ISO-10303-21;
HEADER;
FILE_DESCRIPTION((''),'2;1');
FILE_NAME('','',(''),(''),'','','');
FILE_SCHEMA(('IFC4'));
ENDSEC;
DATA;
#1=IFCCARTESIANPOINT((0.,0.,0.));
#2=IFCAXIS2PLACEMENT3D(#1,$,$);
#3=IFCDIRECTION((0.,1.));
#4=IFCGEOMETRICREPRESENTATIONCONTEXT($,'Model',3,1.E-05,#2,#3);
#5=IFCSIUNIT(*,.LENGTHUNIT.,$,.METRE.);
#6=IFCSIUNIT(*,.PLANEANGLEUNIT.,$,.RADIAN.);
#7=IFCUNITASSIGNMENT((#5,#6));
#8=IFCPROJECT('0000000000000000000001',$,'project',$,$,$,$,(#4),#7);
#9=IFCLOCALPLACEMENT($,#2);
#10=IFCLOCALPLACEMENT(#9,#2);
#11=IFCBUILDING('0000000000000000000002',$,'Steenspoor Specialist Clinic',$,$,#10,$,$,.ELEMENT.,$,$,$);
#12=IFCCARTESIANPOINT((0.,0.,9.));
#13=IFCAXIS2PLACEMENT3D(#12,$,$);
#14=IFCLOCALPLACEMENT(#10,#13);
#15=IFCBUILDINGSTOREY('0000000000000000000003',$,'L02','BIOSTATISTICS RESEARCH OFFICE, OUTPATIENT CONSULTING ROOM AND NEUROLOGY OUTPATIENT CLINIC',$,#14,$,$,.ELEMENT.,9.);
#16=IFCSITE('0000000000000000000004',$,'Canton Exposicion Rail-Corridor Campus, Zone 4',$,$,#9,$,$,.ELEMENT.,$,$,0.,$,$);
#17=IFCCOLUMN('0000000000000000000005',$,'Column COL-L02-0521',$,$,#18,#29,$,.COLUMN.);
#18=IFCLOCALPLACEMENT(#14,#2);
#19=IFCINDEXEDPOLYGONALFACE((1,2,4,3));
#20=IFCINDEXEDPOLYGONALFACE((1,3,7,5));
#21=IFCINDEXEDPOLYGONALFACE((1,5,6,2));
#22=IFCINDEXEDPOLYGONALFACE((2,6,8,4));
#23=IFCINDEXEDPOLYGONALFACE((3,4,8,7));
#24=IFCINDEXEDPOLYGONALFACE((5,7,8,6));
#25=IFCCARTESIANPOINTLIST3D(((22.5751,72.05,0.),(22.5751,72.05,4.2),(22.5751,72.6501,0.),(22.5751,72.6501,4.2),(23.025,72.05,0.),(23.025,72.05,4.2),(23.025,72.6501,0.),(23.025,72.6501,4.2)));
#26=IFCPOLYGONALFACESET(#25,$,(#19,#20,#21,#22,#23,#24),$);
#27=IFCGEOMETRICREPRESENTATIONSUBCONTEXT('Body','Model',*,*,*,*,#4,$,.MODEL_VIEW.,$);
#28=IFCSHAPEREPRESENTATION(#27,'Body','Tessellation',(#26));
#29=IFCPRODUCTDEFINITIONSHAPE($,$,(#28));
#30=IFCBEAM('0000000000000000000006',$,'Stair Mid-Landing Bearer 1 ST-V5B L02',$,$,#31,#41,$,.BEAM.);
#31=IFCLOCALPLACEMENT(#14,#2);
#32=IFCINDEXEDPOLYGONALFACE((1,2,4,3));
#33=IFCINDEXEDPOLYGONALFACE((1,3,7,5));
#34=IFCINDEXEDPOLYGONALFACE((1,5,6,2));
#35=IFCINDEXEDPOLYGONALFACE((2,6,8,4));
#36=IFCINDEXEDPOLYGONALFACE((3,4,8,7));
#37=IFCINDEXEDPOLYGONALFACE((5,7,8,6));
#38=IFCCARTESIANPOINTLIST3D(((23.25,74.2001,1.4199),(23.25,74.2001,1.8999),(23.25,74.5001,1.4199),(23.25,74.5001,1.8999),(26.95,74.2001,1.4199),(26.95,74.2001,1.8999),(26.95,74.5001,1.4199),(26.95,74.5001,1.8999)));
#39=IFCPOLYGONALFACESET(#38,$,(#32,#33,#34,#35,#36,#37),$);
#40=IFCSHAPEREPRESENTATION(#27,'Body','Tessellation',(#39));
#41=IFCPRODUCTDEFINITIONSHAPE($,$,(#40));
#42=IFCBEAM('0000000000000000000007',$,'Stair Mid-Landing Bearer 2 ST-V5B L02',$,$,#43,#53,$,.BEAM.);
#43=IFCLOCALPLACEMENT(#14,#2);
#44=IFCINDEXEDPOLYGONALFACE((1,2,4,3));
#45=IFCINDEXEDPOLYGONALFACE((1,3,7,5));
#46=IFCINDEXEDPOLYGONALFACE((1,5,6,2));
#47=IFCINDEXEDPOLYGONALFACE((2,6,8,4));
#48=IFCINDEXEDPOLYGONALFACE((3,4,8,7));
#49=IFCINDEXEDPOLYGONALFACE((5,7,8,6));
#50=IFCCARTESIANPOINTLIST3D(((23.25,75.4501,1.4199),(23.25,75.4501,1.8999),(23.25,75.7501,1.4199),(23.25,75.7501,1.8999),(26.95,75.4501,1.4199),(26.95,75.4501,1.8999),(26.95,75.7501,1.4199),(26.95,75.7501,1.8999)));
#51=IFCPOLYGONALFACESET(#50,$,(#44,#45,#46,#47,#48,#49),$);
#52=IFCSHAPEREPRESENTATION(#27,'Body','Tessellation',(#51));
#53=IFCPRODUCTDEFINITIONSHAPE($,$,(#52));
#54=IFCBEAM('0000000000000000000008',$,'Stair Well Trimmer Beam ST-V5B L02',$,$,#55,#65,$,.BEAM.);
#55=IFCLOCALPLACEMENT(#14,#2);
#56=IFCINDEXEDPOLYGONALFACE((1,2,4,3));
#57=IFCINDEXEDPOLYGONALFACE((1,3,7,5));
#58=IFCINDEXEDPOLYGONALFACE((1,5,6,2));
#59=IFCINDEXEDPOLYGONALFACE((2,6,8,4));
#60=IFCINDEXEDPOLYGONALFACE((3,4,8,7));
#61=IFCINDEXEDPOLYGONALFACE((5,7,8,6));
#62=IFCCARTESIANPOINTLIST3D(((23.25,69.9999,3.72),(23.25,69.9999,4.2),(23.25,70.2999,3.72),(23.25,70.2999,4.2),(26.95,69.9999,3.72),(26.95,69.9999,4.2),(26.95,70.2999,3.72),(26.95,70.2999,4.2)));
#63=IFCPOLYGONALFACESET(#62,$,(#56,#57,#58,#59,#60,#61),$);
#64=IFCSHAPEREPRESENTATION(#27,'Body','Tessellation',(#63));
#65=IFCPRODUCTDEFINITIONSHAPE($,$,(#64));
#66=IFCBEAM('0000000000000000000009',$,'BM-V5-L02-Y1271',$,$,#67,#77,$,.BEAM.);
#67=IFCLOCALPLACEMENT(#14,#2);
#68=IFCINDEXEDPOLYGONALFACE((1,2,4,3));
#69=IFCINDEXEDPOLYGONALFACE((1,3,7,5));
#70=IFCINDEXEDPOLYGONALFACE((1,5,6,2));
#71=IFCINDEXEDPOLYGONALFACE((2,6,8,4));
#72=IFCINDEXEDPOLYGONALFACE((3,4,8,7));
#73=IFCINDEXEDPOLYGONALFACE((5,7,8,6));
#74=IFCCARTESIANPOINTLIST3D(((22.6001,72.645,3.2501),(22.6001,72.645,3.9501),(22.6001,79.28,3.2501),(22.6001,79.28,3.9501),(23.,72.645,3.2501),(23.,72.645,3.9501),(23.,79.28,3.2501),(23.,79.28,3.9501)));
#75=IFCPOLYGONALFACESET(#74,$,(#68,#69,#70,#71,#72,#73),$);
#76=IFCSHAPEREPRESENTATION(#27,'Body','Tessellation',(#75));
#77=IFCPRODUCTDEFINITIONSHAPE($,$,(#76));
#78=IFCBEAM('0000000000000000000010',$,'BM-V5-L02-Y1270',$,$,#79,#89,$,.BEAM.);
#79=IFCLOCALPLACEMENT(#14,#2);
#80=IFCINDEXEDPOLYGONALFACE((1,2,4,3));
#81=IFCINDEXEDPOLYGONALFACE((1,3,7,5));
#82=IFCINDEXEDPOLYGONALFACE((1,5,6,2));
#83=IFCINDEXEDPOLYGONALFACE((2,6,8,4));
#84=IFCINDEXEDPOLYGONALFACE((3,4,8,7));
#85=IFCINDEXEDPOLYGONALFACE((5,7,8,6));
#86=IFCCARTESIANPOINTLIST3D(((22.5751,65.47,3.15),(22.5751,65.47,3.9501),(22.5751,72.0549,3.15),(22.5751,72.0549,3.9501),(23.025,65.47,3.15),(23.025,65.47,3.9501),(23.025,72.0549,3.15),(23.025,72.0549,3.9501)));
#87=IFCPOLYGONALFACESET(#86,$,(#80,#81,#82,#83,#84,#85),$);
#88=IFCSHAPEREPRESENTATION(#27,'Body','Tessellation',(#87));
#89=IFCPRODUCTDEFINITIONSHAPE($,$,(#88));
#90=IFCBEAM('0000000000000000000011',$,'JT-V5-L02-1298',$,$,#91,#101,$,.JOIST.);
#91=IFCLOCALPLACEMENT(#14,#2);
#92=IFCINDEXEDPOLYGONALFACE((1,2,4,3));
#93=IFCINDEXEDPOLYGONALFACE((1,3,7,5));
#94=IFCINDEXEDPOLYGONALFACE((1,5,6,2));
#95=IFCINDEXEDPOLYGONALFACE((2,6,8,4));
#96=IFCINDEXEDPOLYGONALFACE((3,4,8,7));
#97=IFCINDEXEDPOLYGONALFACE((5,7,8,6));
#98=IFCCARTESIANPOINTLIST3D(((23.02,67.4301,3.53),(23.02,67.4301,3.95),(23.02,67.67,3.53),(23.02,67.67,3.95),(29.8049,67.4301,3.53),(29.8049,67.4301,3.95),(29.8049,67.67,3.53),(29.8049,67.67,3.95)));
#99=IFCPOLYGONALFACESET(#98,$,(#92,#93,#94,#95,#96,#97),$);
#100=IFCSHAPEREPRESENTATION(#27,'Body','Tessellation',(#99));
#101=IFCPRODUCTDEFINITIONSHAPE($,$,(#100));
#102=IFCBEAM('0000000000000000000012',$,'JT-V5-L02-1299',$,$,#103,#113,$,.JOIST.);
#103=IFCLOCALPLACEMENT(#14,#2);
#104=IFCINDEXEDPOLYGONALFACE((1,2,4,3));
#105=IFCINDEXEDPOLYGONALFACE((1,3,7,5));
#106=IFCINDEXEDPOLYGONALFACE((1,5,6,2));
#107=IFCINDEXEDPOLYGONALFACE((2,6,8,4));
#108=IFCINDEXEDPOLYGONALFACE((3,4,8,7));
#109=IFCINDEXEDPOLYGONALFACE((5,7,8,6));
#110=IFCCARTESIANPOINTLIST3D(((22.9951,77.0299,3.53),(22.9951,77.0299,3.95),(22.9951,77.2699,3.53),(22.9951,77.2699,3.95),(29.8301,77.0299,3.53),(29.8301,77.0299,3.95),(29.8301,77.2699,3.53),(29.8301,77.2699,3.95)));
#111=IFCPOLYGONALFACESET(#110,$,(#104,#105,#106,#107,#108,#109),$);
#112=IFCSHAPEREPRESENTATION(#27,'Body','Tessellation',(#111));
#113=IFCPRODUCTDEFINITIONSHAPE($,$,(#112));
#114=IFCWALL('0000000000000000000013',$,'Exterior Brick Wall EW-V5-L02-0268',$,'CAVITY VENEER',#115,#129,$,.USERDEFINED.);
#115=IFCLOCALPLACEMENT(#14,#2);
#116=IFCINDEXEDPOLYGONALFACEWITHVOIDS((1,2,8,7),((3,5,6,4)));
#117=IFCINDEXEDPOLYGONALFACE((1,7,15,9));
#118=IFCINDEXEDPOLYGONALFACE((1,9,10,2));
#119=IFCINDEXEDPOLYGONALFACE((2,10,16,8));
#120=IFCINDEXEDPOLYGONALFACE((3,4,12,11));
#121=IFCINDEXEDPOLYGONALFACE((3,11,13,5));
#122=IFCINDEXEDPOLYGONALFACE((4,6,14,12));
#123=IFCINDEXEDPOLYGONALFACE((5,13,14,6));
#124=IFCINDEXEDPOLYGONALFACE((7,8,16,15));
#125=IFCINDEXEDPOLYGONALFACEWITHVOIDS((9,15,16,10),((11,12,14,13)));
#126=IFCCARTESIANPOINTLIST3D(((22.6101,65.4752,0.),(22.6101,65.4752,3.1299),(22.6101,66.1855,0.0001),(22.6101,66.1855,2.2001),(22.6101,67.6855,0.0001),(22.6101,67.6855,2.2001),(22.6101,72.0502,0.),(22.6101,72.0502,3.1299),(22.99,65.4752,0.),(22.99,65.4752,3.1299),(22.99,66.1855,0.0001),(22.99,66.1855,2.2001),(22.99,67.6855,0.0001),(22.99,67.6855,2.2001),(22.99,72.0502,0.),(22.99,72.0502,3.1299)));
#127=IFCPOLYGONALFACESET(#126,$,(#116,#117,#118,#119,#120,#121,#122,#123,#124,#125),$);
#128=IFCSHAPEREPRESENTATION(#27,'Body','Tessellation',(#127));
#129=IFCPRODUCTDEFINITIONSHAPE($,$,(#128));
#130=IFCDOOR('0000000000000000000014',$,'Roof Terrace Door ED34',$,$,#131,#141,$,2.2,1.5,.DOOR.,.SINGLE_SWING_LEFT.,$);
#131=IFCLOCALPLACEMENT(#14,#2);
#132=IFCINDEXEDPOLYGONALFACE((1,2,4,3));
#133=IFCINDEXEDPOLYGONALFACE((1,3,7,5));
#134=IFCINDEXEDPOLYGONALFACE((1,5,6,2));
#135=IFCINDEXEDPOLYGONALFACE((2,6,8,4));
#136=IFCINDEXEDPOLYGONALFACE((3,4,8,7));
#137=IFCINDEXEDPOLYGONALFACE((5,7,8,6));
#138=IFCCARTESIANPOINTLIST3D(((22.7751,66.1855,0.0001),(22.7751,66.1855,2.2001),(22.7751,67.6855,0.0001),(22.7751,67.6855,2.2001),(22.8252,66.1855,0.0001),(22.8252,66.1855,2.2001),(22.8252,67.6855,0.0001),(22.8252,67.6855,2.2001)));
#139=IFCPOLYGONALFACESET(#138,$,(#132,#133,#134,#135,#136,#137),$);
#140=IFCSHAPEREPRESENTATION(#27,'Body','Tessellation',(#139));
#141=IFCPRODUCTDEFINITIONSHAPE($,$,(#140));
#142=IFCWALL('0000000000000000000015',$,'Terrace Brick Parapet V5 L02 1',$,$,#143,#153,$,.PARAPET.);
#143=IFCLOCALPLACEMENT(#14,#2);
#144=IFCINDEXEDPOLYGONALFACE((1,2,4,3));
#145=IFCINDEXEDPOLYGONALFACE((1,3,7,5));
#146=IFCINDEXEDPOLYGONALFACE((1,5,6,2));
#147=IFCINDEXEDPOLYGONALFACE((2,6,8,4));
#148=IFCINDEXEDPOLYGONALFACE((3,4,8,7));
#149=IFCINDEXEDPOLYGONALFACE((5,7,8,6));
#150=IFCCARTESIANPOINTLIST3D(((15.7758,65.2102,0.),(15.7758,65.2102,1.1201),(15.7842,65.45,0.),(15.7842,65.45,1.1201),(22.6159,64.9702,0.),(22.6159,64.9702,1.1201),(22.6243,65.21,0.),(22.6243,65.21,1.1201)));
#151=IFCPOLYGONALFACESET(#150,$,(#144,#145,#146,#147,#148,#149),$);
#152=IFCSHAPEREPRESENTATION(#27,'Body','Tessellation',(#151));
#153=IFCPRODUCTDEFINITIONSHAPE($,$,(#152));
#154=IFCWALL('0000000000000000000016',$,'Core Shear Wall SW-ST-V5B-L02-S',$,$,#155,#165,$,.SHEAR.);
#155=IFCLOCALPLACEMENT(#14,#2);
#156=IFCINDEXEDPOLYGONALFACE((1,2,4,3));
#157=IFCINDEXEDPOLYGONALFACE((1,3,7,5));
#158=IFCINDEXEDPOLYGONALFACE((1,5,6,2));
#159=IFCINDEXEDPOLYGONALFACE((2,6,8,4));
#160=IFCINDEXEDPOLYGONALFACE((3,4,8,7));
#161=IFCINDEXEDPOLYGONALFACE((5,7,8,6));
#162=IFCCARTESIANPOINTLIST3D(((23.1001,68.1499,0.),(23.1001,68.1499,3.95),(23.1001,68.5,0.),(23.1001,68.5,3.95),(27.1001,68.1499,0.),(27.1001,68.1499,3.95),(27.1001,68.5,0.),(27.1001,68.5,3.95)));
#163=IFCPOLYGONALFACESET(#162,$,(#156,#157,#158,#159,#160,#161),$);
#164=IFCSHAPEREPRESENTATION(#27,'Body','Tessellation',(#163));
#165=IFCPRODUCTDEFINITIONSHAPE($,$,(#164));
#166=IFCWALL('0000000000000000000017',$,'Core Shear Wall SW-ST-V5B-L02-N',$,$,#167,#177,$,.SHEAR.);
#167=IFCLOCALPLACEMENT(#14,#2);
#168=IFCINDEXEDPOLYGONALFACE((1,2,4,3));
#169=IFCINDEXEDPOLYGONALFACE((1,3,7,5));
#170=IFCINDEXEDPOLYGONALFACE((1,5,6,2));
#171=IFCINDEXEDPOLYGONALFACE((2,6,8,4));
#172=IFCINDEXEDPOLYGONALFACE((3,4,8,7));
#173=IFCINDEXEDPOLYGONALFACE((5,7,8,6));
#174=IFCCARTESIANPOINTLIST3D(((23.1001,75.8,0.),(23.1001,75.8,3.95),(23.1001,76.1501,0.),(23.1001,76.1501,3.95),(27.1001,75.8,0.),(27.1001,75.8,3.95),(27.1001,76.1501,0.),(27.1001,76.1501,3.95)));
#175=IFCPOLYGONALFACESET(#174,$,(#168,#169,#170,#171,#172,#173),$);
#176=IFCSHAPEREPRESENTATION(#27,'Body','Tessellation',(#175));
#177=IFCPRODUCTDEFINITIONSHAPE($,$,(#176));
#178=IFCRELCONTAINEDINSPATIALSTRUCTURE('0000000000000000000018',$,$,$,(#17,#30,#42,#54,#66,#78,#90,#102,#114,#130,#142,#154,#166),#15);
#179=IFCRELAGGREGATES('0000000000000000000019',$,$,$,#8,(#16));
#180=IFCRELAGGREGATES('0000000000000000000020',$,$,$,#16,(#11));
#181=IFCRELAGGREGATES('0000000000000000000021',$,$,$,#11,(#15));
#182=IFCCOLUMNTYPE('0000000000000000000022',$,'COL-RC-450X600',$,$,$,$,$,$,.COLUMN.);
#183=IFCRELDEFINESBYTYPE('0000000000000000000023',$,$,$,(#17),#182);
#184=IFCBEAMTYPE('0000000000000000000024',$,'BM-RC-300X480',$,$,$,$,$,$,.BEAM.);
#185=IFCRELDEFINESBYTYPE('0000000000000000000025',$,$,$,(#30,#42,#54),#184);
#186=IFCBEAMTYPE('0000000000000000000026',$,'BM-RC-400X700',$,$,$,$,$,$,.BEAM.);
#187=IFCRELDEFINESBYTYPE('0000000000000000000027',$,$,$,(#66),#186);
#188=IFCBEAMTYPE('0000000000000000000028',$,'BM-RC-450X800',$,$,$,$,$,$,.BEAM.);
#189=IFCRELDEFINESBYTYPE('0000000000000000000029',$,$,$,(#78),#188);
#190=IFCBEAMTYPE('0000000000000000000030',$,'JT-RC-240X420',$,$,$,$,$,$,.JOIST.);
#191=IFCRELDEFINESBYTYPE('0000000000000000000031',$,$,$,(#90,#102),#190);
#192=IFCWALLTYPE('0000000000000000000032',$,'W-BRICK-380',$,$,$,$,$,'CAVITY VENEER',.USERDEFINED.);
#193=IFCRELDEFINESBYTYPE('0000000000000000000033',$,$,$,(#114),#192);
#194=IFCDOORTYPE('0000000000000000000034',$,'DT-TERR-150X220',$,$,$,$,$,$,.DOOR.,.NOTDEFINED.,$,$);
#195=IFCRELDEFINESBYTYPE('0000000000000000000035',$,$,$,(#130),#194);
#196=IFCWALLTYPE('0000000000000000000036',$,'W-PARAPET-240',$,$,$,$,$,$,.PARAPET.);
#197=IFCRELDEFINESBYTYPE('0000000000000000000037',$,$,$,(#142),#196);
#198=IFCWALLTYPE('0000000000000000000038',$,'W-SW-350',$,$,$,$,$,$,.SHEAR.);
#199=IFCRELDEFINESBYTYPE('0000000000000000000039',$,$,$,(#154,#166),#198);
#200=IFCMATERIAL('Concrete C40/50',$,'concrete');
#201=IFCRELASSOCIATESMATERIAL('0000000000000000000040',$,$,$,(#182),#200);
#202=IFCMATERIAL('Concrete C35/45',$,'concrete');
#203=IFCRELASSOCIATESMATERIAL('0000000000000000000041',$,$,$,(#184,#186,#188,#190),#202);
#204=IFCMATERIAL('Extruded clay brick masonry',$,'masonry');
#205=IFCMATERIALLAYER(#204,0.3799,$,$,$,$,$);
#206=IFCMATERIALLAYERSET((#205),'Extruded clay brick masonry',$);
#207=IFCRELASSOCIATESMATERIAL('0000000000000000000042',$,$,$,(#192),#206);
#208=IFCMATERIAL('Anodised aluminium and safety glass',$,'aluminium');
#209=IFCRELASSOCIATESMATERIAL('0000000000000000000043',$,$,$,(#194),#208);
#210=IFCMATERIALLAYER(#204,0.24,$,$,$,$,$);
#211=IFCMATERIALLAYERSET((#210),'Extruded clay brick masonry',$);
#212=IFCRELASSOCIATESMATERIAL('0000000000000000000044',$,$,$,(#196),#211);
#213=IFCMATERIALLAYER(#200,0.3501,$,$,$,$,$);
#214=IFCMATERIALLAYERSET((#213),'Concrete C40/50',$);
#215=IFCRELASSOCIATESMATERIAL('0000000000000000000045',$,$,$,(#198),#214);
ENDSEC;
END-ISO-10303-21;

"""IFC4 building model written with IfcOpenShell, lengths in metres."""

from ifc_helpers import new_model, si_unit, direction, frame, frame_2d, origin, origin_2d, place, context, subcontext, project, spatial, rectangle, extrude, material, layer, layer_set, material_profile, profile_set, type_object, element, fill, save


model = new_model("IFC4")

# Units and contexts
model_context = context("Model", 3, precision=1e-05, world=origin(), true_north=direction((0.0, 1.0)))
body_context = subcontext(model_context, "Body", "Model", "MODEL_VIEW")
ifc_project = project(units=[si_unit("LENGTHUNIT", "METRE"), si_unit("PLANEANGLEUNIT", "RADIAN")], contexts=[model_context])

# Site, building, storey
site_placement = place(None, origin())
site = spatial("IfcSite", under=ifc_project, at=site_placement, Name="Canton Exposicion Rail-Corridor Campus, Zone 4", CompositionType="ELEMENT", RefElevation=0.0)
building_placement = place(site_placement, origin())
building = spatial("IfcBuilding", under=site, at=building_placement, Name="Steenspoor Specialist Clinic", CompositionType="ELEMENT")
storey_placement = place(building_placement, frame((0.0, 0.0, 9.0)))
storey = spatial("IfcBuildingStorey", under=building, at=storey_placement, Name="L02", Description="BIOSTATISTICS RESEARCH OFFICE, OUTPATIENT CONSULTING ROOM AND NEUROLOGY OUTPATIENT CLINIC", CompositionType="ELEMENT", Elevation=9.0)

# Column
ifc_material_1 = material(Name="Concrete C40/50", Category="concrete")
ifc_material_profile_1 = material_profile(ifc_material_1, rectangle(XDim=0.45, YDim=0.6001, at=origin_2d()), Name="RC-COL-450X600")
ifc_profile_set_1 = profile_set([ifc_material_profile_1], Name="Concrete C40/50")
column_type = type_object("IfcColumnType", Name="COL-RC-450X600", PredefinedType="COLUMN", material=ifc_profile_set_1)
column_placement = place(storey_placement, frame((22.8, 72.3501, 0.0), z_axis=(0.0, 0.0, 1.0), x_axis=(1.0, 0.0, 0.0)))
element("IfcColumn", 1, at=column_placement, inside=storey, type_object=column_type, Name="Column COL-L02-0521", PredefinedType="COLUMN", context=body_context, shape_type="SweptSolid", body=[
    extrude(rectangle(XDim=0.45, YDim=0.6001, at=origin_2d()), origin(), (0.0, 0.0, 1.0), 4.2),
])

# Beams
ifc_material_2 = material(Name="Concrete C35/45", Category="concrete")
ifc_material_profile_2 = material_profile(ifc_material_2, rectangle(XDim=0.3, YDim=0.48, at=origin_2d()), Name="RC-BM-300X480")
ifc_profile_set_2 = profile_set([ifc_material_profile_2], Name="Concrete C35/45")
beam_type_1 = type_object("IfcBeamType", Name="BM-RC-300X480", PredefinedType="BEAM", material=ifc_profile_set_2)
for number, where, z_axis, x_axis, name in (
    (2, (23.25, 74.3501, 1.6599), (1.0, 0.0, 0.0), (0.0, 1.0, 0.0), "Stair Mid-Landing Bearer 1 ST-V5B L02"),
    (3, (23.25, 75.6001, 1.6599), (1.0, 0.0, 0.0), (0.0, 1.0, 0.0), "Stair Mid-Landing Bearer 2 ST-V5B L02"),
    (4, (23.25, 70.1499, 3.96), (1.0, 0.0, 0.0), (0.0, 1.0, 0.0), "Stair Well Trimmer Beam ST-V5B L02"),
):
    element("IfcBeam", number, at=place(storey_placement, frame(where, z_axis=z_axis, x_axis=x_axis)), inside=storey, type_object=beam_type_1, Name=name, PredefinedType="BEAM", context=body_context, shape_type="SweptSolid", body=[
        extrude(rectangle(XDim=0.3, YDim=0.48, at=origin_2d()), origin(), (0.0, 0.0, 1.0), 3.7),
    ])
ifc_material_profile_3 = material_profile(ifc_material_2, rectangle(XDim=0.3999, YDim=0.7, at=origin_2d()), Name="RC-BM-400X700")
ifc_profile_set_3 = profile_set([ifc_material_profile_3], Name="Concrete C35/45")
beam_type_2 = type_object("IfcBeamType", Name="BM-RC-400X700", PredefinedType="BEAM", material=ifc_profile_set_3)
beam_1_placement = place(storey_placement, frame((22.8, 72.645, 3.6001), z_axis=(0.0, 1.0, 0.0), x_axis=(-1.0, 0.0, 0.0)))
element("IfcBeam", 5, at=beam_1_placement, inside=storey, type_object=beam_type_2, Name="BM-V5-L02-Y1271", PredefinedType="BEAM", context=body_context, shape_type="SweptSolid", body=[
    extrude(rectangle(XDim=0.3999, YDim=0.7, at=origin_2d()), origin(), (0.0, 0.0, 1.0), 6.635),
])
ifc_material_profile_4 = material_profile(ifc_material_2, rectangle(XDim=0.45, YDim=0.8, at=origin_2d()), Name="RC-BM-450X800")
ifc_profile_set_4 = profile_set([ifc_material_profile_4], Name="Concrete C35/45")
beam_type_3 = type_object("IfcBeamType", Name="BM-RC-450X800", PredefinedType="BEAM", material=ifc_profile_set_4)
beam_2_placement = place(storey_placement, frame((22.8, 65.47, 3.55), z_axis=(0.0, 1.0, 0.0), x_axis=(-1.0, 0.0, 0.0)))
element("IfcBeam", 6, at=beam_2_placement, inside=storey, type_object=beam_type_3, Name="BM-V5-L02-Y1270", PredefinedType="BEAM", context=body_context, shape_type="SweptSolid", body=[
    extrude(rectangle(XDim=0.45, YDim=0.8, at=origin_2d()), origin(), (0.0, 0.0, 1.0), 6.585),
])
ifc_material_profile_5 = material_profile(ifc_material_2, rectangle(XDim=0.24, YDim=0.4199, at=origin_2d()), Name="RC-JT-240X420")
ifc_profile_set_5 = profile_set([ifc_material_profile_5], Name="Concrete C35/45")
beam_type_4 = type_object("IfcBeamType", Name="JT-RC-240X420", PredefinedType="JOIST", material=ifc_profile_set_5)
beam_3_placement = place(storey_placement, frame((23.02, 67.55, 3.74), z_axis=(1.0, 0.0, 0.0), x_axis=(0.0, 1.0, 0.0)))
element("IfcBeam", 7, at=beam_3_placement, inside=storey, type_object=beam_type_4, Name="JT-V5-L02-1298", PredefinedType="JOIST", context=body_context, shape_type="SweptSolid", body=[
    extrude(rectangle(XDim=0.24, YDim=0.4199, at=origin_2d()), origin(), (0.0, 0.0, 1.0), 6.7849),
])
beam_4_placement = place(storey_placement, frame((22.9951, 77.1499, 3.74), z_axis=(1.0, 0.0, 0.0), x_axis=(0.0, 1.0, 0.0)))
element("IfcBeam", 8, at=beam_4_placement, inside=storey, type_object=beam_type_4, Name="JT-V5-L02-1299", PredefinedType="JOIST", context=body_context, shape_type="SweptSolid", body=[
    extrude(rectangle(XDim=0.24, YDim=0.4199, at=origin_2d()), origin(), (0.0, 0.0, 1.0), 6.835),
])

# Wall, opening, door
ifc_material_3 = material(Name="Extruded clay brick masonry", Category="masonry")
ifc_layer_1 = layer(ifc_material_3, 0.3799)
ifc_layer_set_1 = layer_set([ifc_layer_1], Name="Extruded clay brick masonry")
wall_type_1 = type_object("IfcWallType", Name="W-BRICK-380", ElementType="CAVITY VENEER", PredefinedType="USERDEFINED", material=ifc_layer_set_1)
wall_1_placement = place(storey_placement, frame((22.8, 65.4751, 0.0), z_axis=(0.0, 0.0, 1.0), x_axis=(0.0, 1.0, 0.0)))
wall_1 = element("IfcWall", 9, at=wall_1_placement, inside=storey, type_object=wall_type_1, Name="Exterior Brick Wall EW-V5-L02-0268", ObjectType="CAVITY VENEER", PredefinedType="USERDEFINED", context=body_context, shape_type="SweptSolid", body=[
    extrude(rectangle(XDim=6.575, YDim=0.3799, at=frame_2d((3.2876, 0.0))), origin(), (0.0, 0.0, 1.0), 3.1299),
])
opening_1_placement = place(wall_1_placement, frame((0.7104, 0.0, 0.0)))
opening_1 = element("IfcOpeningElement", 10, at=opening_1_placement, cuts=wall_1, PredefinedType="OPENING", context=body_context, shape_type="SweptSolid", body=[
    extrude(rectangle(XDim=1.5, YDim=2.2, at=frame_2d((0.75, 1.1001))), frame((0.0, 0.2, 0.0), z_axis=(0.0, -1.0, 0.0), x_axis=(1.0, 0.0, 0.0)), (0.0, 0.0, 1.0), 0.3999),
])
ifc_material_4 = material(Name="Anodised aluminium and safety glass", Category="aluminium")
door_type_1 = type_object("IfcDoorType", Name="DT-TERR-150X220", OperationType="NOTDEFINED", PredefinedType="DOOR", material=ifc_material_4)
door_1_placement = place(opening_1_placement, origin())
door_1 = element("IfcDoor", 11, at=door_1_placement, inside=storey, type_object=door_type_1, Name="Roof Terrace Door ED34", OperationType="SINGLE_SWING_LEFT", OverallHeight=2.2, OverallWidth=1.5, PredefinedType="DOOR", context=body_context, shape_type="SweptSolid", body=[
    extrude(rectangle(XDim=1.5, YDim=2.2, at=frame_2d((0.75, 1.1001))), frame((0.0, 0.0249, 0.0), z_axis=(0.0, -1.0, 0.0), x_axis=(1.0, 0.0, 0.0)), (0.0, 0.0, 1.0), 0.05),
])
fill(opening_1, door_1)

# Walls
ifc_layer_2 = layer(ifc_material_3, 0.24)
ifc_layer_set_2 = layer_set([ifc_layer_2], Name="Extruded clay brick masonry")
wall_type_2 = type_object("IfcWallType", Name="W-PARAPET-240", PredefinedType="PARAPET", material=ifc_layer_set_2)
wall_2_placement = place(storey_placement, frame((15.78, 65.3301, 0.0), z_axis=(0.0, 0.0, 1.0), x_axis=(0.999385, -0.035064, 0.0)))
element("IfcWall", 12, at=wall_2_placement, inside=storey, type_object=wall_type_2, Name="Terrace Brick Parapet V5 L02 1", PredefinedType="PARAPET", context=body_context, shape_type="SweptSolid", body=[
    extrude(rectangle(XDim=6.8442, YDim=0.24, at=frame_2d((3.4221, 0.0))), origin(), (0.0, 0.0, 1.0), 1.1201),
])
ifc_layer_3 = layer(ifc_material_1, 0.3501)
ifc_layer_set_3 = layer_set([ifc_layer_3], Name="Concrete C40/50")
wall_type_3 = type_object("IfcWallType", Name="W-SW-350", PredefinedType="SHEAR", material=ifc_layer_set_3)
for number, where, z_axis, x_axis, name in (
    (13, (23.1001, 68.325, 0.0), (0.0, 0.0, 1.0), (1.0, 0.0, 0.0), "Core Shear Wall SW-ST-V5B-L02-S"),
    (14, (23.1001, 75.9751, 0.0), (0.0, 0.0, 1.0), (1.0, 0.0, 0.0), "Core Shear Wall SW-ST-V5B-L02-N"),
):
    element("IfcWall", number, at=place(storey_placement, frame(where, z_axis=z_axis, x_axis=x_axis)), inside=storey, type_object=wall_type_3, Name=name, PredefinedType="SHEAR", context=body_context, shape_type="SweptSolid", body=[
        extrude(rectangle(XDim=4.0, YDim=0.3501, at=frame_2d((2.0, 0.0))), origin(), (0.0, 0.0, 1.0), 3.95),
    ])

save(model, "model.ifc")
